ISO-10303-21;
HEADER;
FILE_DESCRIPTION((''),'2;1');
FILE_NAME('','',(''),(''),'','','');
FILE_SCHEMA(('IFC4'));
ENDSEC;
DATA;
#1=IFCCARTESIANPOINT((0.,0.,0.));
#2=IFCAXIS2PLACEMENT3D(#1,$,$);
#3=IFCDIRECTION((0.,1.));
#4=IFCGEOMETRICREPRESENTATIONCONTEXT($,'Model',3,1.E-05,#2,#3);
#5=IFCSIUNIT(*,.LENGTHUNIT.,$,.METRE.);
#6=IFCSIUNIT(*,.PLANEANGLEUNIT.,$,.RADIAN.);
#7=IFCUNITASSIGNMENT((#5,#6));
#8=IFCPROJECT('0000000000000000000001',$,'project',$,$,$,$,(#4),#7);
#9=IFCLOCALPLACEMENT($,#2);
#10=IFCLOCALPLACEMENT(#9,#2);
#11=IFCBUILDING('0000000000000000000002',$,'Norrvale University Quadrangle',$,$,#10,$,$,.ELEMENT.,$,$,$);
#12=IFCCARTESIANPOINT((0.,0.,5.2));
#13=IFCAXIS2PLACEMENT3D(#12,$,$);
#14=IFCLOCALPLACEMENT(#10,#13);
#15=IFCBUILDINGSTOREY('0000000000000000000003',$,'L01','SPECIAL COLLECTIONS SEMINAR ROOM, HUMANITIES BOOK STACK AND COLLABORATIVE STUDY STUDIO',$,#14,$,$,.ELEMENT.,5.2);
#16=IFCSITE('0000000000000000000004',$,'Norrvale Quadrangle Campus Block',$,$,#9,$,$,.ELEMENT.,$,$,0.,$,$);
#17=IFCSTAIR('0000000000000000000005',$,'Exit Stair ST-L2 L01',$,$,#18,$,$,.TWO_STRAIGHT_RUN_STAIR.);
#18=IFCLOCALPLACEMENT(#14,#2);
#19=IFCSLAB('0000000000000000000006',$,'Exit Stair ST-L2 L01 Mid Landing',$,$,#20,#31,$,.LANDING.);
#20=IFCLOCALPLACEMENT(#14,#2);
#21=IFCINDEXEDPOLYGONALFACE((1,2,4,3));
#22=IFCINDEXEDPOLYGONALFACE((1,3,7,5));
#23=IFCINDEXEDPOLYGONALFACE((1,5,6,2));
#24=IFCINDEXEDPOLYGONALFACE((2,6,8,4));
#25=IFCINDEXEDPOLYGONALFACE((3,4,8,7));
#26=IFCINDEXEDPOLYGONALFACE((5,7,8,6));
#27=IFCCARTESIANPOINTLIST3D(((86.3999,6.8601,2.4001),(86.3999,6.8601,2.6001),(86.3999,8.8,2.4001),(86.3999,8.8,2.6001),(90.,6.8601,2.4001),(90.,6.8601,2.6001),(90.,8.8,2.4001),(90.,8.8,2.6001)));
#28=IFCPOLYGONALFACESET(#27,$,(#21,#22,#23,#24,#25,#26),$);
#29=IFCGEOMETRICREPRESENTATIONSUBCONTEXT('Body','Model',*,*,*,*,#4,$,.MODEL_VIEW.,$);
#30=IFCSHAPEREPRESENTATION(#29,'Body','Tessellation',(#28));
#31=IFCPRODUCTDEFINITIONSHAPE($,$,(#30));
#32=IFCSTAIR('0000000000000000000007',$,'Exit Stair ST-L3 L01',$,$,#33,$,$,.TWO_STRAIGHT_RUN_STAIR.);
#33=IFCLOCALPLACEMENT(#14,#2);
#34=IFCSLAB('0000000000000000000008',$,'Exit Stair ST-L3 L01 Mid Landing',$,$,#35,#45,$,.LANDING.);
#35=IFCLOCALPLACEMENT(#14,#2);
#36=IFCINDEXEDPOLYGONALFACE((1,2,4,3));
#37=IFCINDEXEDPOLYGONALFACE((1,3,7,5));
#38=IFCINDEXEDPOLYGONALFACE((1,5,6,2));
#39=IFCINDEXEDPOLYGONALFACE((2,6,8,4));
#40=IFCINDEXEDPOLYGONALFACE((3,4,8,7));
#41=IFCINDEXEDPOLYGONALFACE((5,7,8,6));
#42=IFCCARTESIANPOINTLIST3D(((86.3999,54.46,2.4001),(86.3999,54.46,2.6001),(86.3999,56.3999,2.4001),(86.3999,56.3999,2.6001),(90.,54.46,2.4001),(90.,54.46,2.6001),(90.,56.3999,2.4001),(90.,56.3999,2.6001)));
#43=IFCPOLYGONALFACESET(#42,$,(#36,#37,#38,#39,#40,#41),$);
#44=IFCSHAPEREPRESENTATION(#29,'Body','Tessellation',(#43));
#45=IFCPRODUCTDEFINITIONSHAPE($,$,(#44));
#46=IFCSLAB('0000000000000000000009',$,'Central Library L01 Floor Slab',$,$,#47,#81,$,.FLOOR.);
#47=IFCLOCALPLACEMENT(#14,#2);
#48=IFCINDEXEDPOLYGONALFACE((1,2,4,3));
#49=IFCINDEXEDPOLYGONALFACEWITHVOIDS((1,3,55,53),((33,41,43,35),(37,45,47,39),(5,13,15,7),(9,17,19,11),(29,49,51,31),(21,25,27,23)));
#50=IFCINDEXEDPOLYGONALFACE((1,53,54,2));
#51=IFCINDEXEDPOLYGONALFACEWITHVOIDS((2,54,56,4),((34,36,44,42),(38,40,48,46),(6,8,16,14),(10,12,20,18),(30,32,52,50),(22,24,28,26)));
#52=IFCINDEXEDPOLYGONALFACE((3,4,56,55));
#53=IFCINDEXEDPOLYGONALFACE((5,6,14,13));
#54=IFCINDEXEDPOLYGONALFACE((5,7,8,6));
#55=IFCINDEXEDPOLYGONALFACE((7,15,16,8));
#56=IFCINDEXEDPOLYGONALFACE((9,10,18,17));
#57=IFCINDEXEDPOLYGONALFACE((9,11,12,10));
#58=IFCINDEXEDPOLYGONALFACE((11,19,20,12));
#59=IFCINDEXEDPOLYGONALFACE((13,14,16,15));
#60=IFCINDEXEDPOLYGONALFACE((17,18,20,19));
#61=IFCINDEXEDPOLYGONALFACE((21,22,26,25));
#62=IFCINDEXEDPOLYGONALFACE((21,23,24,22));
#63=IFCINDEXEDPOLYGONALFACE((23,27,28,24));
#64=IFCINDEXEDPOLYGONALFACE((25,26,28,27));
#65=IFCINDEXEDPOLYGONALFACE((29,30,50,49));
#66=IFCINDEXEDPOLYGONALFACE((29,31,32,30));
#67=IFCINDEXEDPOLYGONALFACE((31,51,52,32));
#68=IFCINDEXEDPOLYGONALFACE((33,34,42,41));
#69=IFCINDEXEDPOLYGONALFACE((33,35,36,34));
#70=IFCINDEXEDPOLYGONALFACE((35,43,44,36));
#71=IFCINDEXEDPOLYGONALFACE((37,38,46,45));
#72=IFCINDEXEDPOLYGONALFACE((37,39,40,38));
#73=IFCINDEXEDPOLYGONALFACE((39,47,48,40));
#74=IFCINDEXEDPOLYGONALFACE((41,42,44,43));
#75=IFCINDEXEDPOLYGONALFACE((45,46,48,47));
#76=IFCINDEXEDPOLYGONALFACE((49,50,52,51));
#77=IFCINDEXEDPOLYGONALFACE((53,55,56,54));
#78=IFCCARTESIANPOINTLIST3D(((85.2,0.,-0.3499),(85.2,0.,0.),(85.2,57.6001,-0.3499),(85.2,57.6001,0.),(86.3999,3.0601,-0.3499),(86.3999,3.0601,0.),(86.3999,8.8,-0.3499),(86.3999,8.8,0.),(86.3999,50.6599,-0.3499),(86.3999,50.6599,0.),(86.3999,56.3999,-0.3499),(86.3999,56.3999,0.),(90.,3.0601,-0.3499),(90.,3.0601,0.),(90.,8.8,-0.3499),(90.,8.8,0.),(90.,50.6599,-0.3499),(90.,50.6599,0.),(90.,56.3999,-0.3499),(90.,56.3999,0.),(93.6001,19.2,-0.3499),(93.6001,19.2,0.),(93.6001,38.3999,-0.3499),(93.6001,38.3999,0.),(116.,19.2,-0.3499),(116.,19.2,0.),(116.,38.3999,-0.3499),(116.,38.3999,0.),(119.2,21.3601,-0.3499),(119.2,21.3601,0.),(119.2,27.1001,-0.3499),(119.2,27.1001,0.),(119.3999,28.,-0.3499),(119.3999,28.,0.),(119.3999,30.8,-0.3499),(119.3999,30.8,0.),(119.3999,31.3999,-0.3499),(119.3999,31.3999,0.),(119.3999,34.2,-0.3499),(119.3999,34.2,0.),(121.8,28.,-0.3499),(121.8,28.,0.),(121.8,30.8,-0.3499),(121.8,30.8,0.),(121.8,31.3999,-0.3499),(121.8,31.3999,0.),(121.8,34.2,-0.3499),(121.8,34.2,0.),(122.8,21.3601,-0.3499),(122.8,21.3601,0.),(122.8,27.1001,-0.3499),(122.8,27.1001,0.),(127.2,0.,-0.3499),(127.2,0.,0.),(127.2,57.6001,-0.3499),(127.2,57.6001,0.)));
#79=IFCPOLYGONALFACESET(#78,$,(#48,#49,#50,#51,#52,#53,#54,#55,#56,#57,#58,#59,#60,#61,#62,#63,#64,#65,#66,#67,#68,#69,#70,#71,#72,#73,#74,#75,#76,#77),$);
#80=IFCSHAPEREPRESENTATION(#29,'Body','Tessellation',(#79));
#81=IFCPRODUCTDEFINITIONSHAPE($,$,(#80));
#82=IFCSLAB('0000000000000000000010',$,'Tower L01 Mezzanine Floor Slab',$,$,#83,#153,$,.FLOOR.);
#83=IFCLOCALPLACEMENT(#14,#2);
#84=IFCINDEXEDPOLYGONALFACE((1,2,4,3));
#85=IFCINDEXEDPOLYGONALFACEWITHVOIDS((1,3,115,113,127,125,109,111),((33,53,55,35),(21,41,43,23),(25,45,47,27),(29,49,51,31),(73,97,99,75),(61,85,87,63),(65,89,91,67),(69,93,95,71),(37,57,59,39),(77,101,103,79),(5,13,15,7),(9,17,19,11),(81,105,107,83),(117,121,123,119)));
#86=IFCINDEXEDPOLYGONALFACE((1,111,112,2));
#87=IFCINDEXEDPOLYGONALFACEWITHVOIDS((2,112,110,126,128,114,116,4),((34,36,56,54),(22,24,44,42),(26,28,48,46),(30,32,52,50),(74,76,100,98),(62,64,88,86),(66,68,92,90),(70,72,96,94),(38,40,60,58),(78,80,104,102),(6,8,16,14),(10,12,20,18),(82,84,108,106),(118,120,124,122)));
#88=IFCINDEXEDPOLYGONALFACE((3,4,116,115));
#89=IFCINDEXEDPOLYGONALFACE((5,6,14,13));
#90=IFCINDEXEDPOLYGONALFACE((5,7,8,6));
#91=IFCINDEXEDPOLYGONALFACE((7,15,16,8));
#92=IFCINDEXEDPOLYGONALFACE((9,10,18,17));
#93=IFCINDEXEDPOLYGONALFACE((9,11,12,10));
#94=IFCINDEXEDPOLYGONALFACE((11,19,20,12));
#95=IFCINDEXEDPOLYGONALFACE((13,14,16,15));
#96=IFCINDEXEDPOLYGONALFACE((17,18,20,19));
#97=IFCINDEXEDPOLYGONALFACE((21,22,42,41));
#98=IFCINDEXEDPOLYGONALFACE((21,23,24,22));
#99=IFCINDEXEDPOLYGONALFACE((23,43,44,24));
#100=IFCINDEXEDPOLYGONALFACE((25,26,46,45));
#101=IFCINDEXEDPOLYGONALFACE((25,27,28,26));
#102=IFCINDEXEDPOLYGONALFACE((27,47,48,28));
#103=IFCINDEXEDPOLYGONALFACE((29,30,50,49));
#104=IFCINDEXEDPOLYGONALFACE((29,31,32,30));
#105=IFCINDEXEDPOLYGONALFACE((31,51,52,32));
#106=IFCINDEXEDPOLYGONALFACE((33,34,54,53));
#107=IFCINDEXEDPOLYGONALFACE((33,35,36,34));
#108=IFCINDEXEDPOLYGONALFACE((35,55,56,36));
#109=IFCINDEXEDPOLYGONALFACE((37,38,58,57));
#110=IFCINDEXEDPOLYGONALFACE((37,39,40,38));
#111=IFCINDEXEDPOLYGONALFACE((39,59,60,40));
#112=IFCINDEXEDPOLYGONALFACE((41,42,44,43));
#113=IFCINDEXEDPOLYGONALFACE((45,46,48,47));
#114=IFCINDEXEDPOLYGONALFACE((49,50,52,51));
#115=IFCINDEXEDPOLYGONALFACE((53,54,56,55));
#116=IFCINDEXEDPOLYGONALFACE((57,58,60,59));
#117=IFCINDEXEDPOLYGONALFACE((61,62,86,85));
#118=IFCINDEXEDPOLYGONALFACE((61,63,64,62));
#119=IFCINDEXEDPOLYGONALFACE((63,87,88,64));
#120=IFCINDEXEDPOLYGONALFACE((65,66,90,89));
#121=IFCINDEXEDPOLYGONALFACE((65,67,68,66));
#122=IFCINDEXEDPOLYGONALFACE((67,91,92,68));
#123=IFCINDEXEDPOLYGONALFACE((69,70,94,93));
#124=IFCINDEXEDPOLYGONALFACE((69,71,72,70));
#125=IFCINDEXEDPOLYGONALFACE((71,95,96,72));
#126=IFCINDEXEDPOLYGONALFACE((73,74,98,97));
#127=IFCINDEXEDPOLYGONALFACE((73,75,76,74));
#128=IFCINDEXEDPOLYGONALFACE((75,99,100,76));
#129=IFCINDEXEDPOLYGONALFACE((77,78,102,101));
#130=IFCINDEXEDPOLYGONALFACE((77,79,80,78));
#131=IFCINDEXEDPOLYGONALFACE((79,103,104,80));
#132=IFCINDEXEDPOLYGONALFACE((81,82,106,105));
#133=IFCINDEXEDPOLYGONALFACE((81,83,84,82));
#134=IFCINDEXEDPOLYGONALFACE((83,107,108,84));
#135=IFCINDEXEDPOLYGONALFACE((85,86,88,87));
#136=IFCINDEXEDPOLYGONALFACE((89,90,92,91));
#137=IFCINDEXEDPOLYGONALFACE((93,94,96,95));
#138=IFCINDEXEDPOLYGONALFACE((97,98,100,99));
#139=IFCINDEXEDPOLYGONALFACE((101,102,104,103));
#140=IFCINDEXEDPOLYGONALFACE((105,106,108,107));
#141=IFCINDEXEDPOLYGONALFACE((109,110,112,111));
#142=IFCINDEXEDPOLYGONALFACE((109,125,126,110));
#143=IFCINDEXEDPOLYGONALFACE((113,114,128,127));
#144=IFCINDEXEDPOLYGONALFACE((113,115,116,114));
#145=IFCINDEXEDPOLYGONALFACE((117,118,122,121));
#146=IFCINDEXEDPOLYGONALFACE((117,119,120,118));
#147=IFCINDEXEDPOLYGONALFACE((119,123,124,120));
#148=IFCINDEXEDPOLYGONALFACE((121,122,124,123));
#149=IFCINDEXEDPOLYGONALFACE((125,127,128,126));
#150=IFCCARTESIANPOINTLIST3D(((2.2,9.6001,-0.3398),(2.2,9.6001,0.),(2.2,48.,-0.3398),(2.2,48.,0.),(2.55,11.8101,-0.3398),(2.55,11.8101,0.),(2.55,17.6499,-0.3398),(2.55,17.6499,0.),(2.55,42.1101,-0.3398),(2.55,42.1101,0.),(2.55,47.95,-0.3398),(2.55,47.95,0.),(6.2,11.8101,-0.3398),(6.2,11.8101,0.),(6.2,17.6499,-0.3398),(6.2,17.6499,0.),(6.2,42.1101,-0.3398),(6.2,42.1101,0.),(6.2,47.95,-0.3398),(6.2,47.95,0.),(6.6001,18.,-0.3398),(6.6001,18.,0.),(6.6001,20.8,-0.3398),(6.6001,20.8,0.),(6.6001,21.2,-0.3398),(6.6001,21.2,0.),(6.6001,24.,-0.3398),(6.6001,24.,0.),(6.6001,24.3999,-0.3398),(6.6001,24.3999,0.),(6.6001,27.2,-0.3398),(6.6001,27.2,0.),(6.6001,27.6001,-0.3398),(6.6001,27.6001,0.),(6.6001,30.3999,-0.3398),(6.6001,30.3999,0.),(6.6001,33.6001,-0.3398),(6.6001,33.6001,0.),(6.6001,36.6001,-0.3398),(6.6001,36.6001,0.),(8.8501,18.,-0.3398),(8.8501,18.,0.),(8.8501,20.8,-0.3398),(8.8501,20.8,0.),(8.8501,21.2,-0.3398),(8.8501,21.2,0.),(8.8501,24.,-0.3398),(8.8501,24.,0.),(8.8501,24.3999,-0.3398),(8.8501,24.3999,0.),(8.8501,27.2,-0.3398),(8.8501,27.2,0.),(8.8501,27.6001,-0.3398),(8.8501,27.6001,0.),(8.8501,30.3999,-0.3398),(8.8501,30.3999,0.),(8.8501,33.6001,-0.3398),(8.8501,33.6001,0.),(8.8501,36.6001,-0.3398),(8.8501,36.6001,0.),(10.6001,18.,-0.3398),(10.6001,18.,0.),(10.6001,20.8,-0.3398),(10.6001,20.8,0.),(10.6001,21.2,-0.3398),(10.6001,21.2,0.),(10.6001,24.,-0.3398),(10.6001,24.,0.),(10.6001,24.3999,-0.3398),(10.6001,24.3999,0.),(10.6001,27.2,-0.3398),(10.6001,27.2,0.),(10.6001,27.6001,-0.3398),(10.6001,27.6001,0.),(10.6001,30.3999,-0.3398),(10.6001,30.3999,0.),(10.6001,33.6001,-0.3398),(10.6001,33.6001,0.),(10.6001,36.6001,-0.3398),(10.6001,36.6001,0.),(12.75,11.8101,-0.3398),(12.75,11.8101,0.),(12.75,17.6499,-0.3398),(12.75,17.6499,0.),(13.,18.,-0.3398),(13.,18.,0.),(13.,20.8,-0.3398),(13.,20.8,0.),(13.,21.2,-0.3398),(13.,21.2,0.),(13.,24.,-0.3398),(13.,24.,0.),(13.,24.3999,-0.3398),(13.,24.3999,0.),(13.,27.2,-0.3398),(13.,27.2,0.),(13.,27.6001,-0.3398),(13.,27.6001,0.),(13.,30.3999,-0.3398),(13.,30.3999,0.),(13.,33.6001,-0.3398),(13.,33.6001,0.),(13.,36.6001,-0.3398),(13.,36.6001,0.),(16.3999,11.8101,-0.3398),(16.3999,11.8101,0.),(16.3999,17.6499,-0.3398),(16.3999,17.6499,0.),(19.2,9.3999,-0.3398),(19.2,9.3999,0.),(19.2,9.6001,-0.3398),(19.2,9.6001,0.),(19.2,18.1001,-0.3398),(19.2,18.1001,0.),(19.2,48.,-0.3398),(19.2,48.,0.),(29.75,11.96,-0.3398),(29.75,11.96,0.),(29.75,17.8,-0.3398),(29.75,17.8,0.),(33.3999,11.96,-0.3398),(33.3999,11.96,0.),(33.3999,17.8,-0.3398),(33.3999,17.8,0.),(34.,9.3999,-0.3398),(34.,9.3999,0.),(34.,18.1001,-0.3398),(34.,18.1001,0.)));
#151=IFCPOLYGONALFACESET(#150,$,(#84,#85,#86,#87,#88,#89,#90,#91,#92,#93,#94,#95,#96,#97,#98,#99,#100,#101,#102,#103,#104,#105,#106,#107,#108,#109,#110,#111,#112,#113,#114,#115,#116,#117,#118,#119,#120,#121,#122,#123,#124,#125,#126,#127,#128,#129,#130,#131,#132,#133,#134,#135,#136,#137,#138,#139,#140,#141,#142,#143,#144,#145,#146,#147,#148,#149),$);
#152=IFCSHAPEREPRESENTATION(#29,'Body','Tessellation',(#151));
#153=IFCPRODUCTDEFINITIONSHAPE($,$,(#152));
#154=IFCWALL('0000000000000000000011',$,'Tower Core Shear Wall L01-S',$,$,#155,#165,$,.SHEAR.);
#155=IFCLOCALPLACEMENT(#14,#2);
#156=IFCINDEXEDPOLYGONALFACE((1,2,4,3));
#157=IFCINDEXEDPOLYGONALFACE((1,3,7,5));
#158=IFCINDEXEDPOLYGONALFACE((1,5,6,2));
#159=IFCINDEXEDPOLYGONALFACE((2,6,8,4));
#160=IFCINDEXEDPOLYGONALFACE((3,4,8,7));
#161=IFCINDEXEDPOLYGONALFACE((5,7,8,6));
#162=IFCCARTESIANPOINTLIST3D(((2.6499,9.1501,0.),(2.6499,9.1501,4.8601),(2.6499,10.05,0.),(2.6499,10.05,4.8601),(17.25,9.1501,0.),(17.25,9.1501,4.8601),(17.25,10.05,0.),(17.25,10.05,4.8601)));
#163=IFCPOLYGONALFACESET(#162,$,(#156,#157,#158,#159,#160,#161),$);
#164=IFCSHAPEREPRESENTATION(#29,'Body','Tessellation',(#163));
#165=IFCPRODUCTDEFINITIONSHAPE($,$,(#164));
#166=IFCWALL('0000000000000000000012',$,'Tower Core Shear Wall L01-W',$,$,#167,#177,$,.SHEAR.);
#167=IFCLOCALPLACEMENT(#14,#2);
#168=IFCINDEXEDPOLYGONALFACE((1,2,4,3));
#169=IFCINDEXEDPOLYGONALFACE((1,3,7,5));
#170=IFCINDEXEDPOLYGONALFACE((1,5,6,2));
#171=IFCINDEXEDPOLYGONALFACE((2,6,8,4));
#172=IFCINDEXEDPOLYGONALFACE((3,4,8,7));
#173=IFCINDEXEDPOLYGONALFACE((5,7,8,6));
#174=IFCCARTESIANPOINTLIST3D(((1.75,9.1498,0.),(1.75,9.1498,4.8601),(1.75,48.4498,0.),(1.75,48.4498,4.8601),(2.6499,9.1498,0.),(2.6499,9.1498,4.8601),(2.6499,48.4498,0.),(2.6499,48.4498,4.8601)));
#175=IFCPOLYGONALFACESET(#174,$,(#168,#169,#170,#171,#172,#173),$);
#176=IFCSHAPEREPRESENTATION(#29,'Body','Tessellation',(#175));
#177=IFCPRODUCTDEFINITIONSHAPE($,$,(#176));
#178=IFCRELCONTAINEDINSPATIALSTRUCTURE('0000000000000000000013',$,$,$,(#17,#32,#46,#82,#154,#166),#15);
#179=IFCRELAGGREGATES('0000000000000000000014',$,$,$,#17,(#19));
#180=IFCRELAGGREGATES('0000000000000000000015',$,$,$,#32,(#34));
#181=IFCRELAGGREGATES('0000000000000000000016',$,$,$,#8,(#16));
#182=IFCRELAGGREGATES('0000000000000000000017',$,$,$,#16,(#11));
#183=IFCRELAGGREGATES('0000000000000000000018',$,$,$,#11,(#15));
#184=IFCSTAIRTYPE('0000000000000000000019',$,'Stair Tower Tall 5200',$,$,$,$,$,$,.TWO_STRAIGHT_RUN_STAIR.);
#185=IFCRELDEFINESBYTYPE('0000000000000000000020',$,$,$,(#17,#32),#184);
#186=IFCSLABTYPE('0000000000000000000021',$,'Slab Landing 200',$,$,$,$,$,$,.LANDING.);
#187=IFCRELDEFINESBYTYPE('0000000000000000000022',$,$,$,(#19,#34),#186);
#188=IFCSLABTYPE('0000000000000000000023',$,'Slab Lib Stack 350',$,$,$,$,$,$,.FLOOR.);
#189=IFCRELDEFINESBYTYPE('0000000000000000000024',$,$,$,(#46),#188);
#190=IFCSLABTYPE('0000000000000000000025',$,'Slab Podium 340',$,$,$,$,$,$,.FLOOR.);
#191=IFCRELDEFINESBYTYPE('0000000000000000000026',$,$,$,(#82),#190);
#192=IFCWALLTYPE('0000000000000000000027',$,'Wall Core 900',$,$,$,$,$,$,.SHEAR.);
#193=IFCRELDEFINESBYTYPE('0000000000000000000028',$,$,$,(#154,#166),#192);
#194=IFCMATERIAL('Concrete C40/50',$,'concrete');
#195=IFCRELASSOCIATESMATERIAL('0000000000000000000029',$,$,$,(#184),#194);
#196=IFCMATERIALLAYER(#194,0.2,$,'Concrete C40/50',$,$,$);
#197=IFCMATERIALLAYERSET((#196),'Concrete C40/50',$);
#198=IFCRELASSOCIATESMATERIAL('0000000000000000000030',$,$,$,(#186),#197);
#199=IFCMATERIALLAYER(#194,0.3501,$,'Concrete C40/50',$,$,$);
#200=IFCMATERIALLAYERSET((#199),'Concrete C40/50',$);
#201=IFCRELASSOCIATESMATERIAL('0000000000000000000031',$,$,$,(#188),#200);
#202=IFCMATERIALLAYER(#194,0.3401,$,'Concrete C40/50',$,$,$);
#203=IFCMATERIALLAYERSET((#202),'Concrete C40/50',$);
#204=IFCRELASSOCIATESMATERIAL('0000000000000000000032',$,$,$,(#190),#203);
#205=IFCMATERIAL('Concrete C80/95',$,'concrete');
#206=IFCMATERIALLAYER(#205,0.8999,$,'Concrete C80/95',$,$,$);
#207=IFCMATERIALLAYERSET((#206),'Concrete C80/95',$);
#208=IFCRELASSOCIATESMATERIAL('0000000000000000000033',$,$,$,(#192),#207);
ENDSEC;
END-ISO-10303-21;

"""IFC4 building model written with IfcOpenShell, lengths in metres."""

from ifc_helpers import new_model, si_unit, direction, frame, frame_2d, origin, place, context, subcontext, project, spatial, polyline, rectangle, outline, extrude, material, layer, layer_set, type_object, element, aggregate, save


model = new_model("IFC4")

# Units and contexts
model_context = context("Model", 3, precision=1e-05, world=origin(), true_north=direction((0.0, 1.0)))
body_context = subcontext(model_context, "Body", "Model", "MODEL_VIEW")
ifc_project = project(units=[si_unit("LENGTHUNIT", "METRE"), si_unit("PLANEANGLEUNIT", "RADIAN")], contexts=[model_context])

# Site, building, storey
site_placement = place(None, origin())
site = spatial("IfcSite", under=ifc_project, at=site_placement, Name="Norrvale Quadrangle Campus Block", CompositionType="ELEMENT", RefElevation=0.0)
building_placement = place(site_placement, origin())
building = spatial("IfcBuilding", under=site, at=building_placement, Name="Norrvale University Quadrangle", CompositionType="ELEMENT")
storey_placement = place(building_placement, frame((0.0, 0.0, 5.2)))
storey = spatial("IfcBuildingStorey", under=building, at=storey_placement, Name="L01", Description="SPECIAL COLLECTIONS SEMINAR ROOM, HUMANITIES BOOK STACK AND COLLABORATIVE STUDY STUDIO", CompositionType="ELEMENT", Elevation=5.2)

# Shared definitions
ifc_material_1 = material(Name="Concrete C80/95", Category="concrete")

# Stairs, slabs
ifc_material_2 = material(Name="Concrete C40/50", Category="concrete")
stair_type = type_object("IfcStairType", Name="Stair Tower Tall 5200", PredefinedType="TWO_STRAIGHT_RUN_STAIR", material=ifc_material_2)
ifc_layer_1 = layer(ifc_material_2, 0.2, Name="Concrete C40/50")
ifc_layer_set_1 = layer_set([ifc_layer_1], Name="Concrete C40/50")
slab_type_1 = type_object("IfcSlabType", Name="Slab Landing 200", PredefinedType="LANDING", material=ifc_layer_set_1)
stair_1_placement = place(storey_placement, origin())
stair_1 = element("IfcStair", 1, at=stair_1_placement, inside=storey, type_object=stair_type, Name="Exit Stair ST-L2 L01", PredefinedType="TWO_STRAIGHT_RUN_STAIR")
slab_1_placement = place(storey_placement, frame((0.0, 0.0, 2.4001)))
slab_1 = element("IfcSlab", 2, at=slab_1_placement, type_object=slab_type_1, Name="Exit Stair ST-L2 L01 Mid Landing", PredefinedType="LANDING", context=body_context, shape_type="SweptSolid", body=[
    extrude(outline(polyline([(86.3999, 6.8601), (90.0, 6.8601), (90.0, 8.8), (86.3999, 8.8), (86.3999, 6.8601)])), origin(), (0.0, 0.0, 1.0), 0.2),
])
aggregate(stair_1, [slab_1])
stair_2_placement = place(storey_placement, origin())
stair_2 = element("IfcStair", 3, at=stair_2_placement, inside=storey, type_object=stair_type, Name="Exit Stair ST-L3 L01", PredefinedType="TWO_STRAIGHT_RUN_STAIR")
slab_2_placement = place(storey_placement, frame((0.0, 0.0, 2.4001)))
slab_2 = element("IfcSlab", 4, at=slab_2_placement, type_object=slab_type_1, Name="Exit Stair ST-L3 L01 Mid Landing", PredefinedType="LANDING", context=body_context, shape_type="SweptSolid", body=[
    extrude(outline(polyline([(86.3999, 54.46), (90.0, 54.46), (90.0, 56.3999), (86.3999, 56.3999), (86.3999, 54.46)])), origin(), (0.0, 0.0, 1.0), 0.2),
])
aggregate(stair_2, [slab_2])

# Slabs
ifc_layer_2 = layer(ifc_material_2, 0.3501, Name="Concrete C40/50")
ifc_layer_set_2 = layer_set([ifc_layer_2], Name="Concrete C40/50")
slab_type_2 = type_object("IfcSlabType", Name="Slab Lib Stack 350", PredefinedType="FLOOR", material=ifc_layer_set_2)
slab_3_placement = place(storey_placement, frame((0.0, 0.0, -0.3499)))
element("IfcSlab", 5, at=slab_3_placement, inside=storey, type_object=slab_type_2, Name="Central Library L01 Floor Slab", PredefinedType="FLOOR", context=body_context, shape_type="SweptSolid", body=[
    extrude(outline(polyline([(85.2, 0.0), (127.2, 0.0), (127.2, 57.6001), (85.2, 57.6001), (85.2, 0.0)]), holes=[polyline([(119.2, 21.3601), (122.8, 21.3601), (122.8, 27.1001), (119.2, 27.1001), (119.2, 21.3601)]), polyline([(86.3999, 3.0601), (90.0, 3.0601), (90.0, 8.8), (86.3999, 8.8), (86.3999, 3.0601)]), polyline([(86.3999, 50.6599), (90.0, 50.6599), (90.0, 56.3999), (86.3999, 56.3999), (86.3999, 50.6599)]), polyline([(119.3999, 28.0), (121.8, 28.0), (121.8, 30.8), (119.3999, 30.8), (119.3999, 28.0)]), polyline([(119.3999, 31.3999), (121.8, 31.3999), (121.8, 34.2), (119.3999, 34.2), (119.3999, 31.3999)]), polyline([(93.6001, 19.2), (116.0, 19.2), (116.0, 38.3999), (93.6001, 38.3999), (93.6001, 19.2)])]), origin(), (0.0, 0.0, 1.0), 0.3499),
])
ifc_layer_3 = layer(ifc_material_2, 0.3401, Name="Concrete C40/50")
ifc_layer_set_3 = layer_set([ifc_layer_3], Name="Concrete C40/50")
slab_type_3 = type_object("IfcSlabType", Name="Slab Podium 340", PredefinedType="FLOOR", material=ifc_layer_set_3)
slab_4_placement = place(storey_placement, frame((0.0, 0.0, -0.3398)))
element("IfcSlab", 6, at=slab_4_placement, inside=storey, type_object=slab_type_3, Name="Tower L01 Mezzanine Floor Slab", PredefinedType="FLOOR", context=body_context, shape_type="SweptSolid", body=[
    extrude(outline(polyline([(2.2, 9.6001), (19.2, 9.6001), (19.2, 9.3999), (34.0, 9.3999), (34.0, 18.1001), (19.2, 18.1001), (19.2, 48.0), (2.2, 48.0), (2.2, 9.6001)]), holes=[polyline([(2.55, 11.8101), (6.2, 11.8101), (6.2, 17.6499), (2.55, 17.6499), (2.55, 11.8101)]), polyline([(2.55, 42.1101), (6.2, 42.1101), (6.2, 47.95), (2.55, 47.95), (2.55, 42.1101)]), polyline([(12.75, 11.8101), (16.3999, 11.8101), (16.3999, 17.6499), (12.75, 17.6499), (12.75, 11.8101)]), polyline([(29.75, 11.96), (33.3999, 11.96), (33.3999, 17.8), (29.75, 17.8), (29.75, 11.96)]), polyline([(6.6001, 18.0), (8.8501, 18.0), (8.8501, 20.8), (6.6001, 20.8), (6.6001, 18.0)]), polyline([(6.6001, 21.2), (8.8501, 21.2), (8.8501, 24.0), (6.6001, 24.0), (6.6001, 21.2)]), polyline([(6.6001, 24.3999), (8.8501, 24.3999), (8.8501, 27.2), (6.6001, 27.2), (6.6001, 24.3999)]), polyline([(6.6001, 27.6001), (8.8501, 27.6001), (8.8501, 30.3999), (6.6001, 30.3999), (6.6001, 27.6001)]), polyline([(10.6001, 18.0), (13.0, 18.0), (13.0, 20.8), (10.6001, 20.8), (10.6001, 18.0)]), polyline([(10.6001, 21.2), (13.0, 21.2), (13.0, 24.0), (10.6001, 24.0), (10.6001, 21.2)]), polyline([(10.6001, 24.3999), (13.0, 24.3999), (13.0, 27.2), (10.6001, 27.2), (10.6001, 24.3999)]), polyline([(10.6001, 27.6001), (13.0, 27.6001), (13.0, 30.3999), (10.6001, 30.3999), (10.6001, 27.6001)]), polyline([(6.6001, 33.6001), (8.8501, 33.6001), (8.8501, 36.6001), (6.6001, 36.6001), (6.6001, 33.6001)]), polyline([(10.6001, 33.6001), (13.0, 33.6001), (13.0, 36.6001), (10.6001, 36.6001), (10.6001, 33.6001)])]), origin(), (0.0, 0.0, 1.0), 0.3398),
])

# Walls
ifc_layer_4 = layer(ifc_material_1, 0.8999, Name="Concrete C80/95")
ifc_layer_set_4 = layer_set([ifc_layer_4], Name="Concrete C80/95")
wall_type_1 = type_object("IfcWallType", Name="Wall Core 900", PredefinedType="SHEAR", material=ifc_layer_set_4)
wall_1_placement = place(storey_placement, frame((2.6499, 9.6001, 0.0), z_axis=(0.0, 0.0, 1.0), x_axis=(1.0, 0.0, 0.0)))
element("IfcWall", 7, at=wall_1_placement, inside=storey, type_object=wall_type_1, Name="Tower Core Shear Wall L01-S", PredefinedType="SHEAR", context=body_context, shape_type="SweptSolid", body=[
    extrude(rectangle(XDim=14.6001, YDim=0.8999, at=frame_2d((7.3, 0.0))), origin(), (0.0, 0.0, 1.0), 4.8601),
])
wall_2_placement = place(storey_placement, frame((2.2, 9.1499, 0.0), z_axis=(0.0, 0.0, 1.0), x_axis=(0.0, 1.0, 0.0)))
element("IfcWall", 8, at=wall_2_placement, inside=storey, type_object=wall_type_1, Name="Tower Core Shear Wall L01-W", PredefinedType="SHEAR", context=body_context, shape_type="SweptSolid", body=[
    extrude(rectangle(XDim=39.3, YDim=0.8999, at=frame_2d((19.6499, 0.0))), origin(), (0.0, 0.0, 1.0), 4.8601),
])

save(model, "model.ifc")
